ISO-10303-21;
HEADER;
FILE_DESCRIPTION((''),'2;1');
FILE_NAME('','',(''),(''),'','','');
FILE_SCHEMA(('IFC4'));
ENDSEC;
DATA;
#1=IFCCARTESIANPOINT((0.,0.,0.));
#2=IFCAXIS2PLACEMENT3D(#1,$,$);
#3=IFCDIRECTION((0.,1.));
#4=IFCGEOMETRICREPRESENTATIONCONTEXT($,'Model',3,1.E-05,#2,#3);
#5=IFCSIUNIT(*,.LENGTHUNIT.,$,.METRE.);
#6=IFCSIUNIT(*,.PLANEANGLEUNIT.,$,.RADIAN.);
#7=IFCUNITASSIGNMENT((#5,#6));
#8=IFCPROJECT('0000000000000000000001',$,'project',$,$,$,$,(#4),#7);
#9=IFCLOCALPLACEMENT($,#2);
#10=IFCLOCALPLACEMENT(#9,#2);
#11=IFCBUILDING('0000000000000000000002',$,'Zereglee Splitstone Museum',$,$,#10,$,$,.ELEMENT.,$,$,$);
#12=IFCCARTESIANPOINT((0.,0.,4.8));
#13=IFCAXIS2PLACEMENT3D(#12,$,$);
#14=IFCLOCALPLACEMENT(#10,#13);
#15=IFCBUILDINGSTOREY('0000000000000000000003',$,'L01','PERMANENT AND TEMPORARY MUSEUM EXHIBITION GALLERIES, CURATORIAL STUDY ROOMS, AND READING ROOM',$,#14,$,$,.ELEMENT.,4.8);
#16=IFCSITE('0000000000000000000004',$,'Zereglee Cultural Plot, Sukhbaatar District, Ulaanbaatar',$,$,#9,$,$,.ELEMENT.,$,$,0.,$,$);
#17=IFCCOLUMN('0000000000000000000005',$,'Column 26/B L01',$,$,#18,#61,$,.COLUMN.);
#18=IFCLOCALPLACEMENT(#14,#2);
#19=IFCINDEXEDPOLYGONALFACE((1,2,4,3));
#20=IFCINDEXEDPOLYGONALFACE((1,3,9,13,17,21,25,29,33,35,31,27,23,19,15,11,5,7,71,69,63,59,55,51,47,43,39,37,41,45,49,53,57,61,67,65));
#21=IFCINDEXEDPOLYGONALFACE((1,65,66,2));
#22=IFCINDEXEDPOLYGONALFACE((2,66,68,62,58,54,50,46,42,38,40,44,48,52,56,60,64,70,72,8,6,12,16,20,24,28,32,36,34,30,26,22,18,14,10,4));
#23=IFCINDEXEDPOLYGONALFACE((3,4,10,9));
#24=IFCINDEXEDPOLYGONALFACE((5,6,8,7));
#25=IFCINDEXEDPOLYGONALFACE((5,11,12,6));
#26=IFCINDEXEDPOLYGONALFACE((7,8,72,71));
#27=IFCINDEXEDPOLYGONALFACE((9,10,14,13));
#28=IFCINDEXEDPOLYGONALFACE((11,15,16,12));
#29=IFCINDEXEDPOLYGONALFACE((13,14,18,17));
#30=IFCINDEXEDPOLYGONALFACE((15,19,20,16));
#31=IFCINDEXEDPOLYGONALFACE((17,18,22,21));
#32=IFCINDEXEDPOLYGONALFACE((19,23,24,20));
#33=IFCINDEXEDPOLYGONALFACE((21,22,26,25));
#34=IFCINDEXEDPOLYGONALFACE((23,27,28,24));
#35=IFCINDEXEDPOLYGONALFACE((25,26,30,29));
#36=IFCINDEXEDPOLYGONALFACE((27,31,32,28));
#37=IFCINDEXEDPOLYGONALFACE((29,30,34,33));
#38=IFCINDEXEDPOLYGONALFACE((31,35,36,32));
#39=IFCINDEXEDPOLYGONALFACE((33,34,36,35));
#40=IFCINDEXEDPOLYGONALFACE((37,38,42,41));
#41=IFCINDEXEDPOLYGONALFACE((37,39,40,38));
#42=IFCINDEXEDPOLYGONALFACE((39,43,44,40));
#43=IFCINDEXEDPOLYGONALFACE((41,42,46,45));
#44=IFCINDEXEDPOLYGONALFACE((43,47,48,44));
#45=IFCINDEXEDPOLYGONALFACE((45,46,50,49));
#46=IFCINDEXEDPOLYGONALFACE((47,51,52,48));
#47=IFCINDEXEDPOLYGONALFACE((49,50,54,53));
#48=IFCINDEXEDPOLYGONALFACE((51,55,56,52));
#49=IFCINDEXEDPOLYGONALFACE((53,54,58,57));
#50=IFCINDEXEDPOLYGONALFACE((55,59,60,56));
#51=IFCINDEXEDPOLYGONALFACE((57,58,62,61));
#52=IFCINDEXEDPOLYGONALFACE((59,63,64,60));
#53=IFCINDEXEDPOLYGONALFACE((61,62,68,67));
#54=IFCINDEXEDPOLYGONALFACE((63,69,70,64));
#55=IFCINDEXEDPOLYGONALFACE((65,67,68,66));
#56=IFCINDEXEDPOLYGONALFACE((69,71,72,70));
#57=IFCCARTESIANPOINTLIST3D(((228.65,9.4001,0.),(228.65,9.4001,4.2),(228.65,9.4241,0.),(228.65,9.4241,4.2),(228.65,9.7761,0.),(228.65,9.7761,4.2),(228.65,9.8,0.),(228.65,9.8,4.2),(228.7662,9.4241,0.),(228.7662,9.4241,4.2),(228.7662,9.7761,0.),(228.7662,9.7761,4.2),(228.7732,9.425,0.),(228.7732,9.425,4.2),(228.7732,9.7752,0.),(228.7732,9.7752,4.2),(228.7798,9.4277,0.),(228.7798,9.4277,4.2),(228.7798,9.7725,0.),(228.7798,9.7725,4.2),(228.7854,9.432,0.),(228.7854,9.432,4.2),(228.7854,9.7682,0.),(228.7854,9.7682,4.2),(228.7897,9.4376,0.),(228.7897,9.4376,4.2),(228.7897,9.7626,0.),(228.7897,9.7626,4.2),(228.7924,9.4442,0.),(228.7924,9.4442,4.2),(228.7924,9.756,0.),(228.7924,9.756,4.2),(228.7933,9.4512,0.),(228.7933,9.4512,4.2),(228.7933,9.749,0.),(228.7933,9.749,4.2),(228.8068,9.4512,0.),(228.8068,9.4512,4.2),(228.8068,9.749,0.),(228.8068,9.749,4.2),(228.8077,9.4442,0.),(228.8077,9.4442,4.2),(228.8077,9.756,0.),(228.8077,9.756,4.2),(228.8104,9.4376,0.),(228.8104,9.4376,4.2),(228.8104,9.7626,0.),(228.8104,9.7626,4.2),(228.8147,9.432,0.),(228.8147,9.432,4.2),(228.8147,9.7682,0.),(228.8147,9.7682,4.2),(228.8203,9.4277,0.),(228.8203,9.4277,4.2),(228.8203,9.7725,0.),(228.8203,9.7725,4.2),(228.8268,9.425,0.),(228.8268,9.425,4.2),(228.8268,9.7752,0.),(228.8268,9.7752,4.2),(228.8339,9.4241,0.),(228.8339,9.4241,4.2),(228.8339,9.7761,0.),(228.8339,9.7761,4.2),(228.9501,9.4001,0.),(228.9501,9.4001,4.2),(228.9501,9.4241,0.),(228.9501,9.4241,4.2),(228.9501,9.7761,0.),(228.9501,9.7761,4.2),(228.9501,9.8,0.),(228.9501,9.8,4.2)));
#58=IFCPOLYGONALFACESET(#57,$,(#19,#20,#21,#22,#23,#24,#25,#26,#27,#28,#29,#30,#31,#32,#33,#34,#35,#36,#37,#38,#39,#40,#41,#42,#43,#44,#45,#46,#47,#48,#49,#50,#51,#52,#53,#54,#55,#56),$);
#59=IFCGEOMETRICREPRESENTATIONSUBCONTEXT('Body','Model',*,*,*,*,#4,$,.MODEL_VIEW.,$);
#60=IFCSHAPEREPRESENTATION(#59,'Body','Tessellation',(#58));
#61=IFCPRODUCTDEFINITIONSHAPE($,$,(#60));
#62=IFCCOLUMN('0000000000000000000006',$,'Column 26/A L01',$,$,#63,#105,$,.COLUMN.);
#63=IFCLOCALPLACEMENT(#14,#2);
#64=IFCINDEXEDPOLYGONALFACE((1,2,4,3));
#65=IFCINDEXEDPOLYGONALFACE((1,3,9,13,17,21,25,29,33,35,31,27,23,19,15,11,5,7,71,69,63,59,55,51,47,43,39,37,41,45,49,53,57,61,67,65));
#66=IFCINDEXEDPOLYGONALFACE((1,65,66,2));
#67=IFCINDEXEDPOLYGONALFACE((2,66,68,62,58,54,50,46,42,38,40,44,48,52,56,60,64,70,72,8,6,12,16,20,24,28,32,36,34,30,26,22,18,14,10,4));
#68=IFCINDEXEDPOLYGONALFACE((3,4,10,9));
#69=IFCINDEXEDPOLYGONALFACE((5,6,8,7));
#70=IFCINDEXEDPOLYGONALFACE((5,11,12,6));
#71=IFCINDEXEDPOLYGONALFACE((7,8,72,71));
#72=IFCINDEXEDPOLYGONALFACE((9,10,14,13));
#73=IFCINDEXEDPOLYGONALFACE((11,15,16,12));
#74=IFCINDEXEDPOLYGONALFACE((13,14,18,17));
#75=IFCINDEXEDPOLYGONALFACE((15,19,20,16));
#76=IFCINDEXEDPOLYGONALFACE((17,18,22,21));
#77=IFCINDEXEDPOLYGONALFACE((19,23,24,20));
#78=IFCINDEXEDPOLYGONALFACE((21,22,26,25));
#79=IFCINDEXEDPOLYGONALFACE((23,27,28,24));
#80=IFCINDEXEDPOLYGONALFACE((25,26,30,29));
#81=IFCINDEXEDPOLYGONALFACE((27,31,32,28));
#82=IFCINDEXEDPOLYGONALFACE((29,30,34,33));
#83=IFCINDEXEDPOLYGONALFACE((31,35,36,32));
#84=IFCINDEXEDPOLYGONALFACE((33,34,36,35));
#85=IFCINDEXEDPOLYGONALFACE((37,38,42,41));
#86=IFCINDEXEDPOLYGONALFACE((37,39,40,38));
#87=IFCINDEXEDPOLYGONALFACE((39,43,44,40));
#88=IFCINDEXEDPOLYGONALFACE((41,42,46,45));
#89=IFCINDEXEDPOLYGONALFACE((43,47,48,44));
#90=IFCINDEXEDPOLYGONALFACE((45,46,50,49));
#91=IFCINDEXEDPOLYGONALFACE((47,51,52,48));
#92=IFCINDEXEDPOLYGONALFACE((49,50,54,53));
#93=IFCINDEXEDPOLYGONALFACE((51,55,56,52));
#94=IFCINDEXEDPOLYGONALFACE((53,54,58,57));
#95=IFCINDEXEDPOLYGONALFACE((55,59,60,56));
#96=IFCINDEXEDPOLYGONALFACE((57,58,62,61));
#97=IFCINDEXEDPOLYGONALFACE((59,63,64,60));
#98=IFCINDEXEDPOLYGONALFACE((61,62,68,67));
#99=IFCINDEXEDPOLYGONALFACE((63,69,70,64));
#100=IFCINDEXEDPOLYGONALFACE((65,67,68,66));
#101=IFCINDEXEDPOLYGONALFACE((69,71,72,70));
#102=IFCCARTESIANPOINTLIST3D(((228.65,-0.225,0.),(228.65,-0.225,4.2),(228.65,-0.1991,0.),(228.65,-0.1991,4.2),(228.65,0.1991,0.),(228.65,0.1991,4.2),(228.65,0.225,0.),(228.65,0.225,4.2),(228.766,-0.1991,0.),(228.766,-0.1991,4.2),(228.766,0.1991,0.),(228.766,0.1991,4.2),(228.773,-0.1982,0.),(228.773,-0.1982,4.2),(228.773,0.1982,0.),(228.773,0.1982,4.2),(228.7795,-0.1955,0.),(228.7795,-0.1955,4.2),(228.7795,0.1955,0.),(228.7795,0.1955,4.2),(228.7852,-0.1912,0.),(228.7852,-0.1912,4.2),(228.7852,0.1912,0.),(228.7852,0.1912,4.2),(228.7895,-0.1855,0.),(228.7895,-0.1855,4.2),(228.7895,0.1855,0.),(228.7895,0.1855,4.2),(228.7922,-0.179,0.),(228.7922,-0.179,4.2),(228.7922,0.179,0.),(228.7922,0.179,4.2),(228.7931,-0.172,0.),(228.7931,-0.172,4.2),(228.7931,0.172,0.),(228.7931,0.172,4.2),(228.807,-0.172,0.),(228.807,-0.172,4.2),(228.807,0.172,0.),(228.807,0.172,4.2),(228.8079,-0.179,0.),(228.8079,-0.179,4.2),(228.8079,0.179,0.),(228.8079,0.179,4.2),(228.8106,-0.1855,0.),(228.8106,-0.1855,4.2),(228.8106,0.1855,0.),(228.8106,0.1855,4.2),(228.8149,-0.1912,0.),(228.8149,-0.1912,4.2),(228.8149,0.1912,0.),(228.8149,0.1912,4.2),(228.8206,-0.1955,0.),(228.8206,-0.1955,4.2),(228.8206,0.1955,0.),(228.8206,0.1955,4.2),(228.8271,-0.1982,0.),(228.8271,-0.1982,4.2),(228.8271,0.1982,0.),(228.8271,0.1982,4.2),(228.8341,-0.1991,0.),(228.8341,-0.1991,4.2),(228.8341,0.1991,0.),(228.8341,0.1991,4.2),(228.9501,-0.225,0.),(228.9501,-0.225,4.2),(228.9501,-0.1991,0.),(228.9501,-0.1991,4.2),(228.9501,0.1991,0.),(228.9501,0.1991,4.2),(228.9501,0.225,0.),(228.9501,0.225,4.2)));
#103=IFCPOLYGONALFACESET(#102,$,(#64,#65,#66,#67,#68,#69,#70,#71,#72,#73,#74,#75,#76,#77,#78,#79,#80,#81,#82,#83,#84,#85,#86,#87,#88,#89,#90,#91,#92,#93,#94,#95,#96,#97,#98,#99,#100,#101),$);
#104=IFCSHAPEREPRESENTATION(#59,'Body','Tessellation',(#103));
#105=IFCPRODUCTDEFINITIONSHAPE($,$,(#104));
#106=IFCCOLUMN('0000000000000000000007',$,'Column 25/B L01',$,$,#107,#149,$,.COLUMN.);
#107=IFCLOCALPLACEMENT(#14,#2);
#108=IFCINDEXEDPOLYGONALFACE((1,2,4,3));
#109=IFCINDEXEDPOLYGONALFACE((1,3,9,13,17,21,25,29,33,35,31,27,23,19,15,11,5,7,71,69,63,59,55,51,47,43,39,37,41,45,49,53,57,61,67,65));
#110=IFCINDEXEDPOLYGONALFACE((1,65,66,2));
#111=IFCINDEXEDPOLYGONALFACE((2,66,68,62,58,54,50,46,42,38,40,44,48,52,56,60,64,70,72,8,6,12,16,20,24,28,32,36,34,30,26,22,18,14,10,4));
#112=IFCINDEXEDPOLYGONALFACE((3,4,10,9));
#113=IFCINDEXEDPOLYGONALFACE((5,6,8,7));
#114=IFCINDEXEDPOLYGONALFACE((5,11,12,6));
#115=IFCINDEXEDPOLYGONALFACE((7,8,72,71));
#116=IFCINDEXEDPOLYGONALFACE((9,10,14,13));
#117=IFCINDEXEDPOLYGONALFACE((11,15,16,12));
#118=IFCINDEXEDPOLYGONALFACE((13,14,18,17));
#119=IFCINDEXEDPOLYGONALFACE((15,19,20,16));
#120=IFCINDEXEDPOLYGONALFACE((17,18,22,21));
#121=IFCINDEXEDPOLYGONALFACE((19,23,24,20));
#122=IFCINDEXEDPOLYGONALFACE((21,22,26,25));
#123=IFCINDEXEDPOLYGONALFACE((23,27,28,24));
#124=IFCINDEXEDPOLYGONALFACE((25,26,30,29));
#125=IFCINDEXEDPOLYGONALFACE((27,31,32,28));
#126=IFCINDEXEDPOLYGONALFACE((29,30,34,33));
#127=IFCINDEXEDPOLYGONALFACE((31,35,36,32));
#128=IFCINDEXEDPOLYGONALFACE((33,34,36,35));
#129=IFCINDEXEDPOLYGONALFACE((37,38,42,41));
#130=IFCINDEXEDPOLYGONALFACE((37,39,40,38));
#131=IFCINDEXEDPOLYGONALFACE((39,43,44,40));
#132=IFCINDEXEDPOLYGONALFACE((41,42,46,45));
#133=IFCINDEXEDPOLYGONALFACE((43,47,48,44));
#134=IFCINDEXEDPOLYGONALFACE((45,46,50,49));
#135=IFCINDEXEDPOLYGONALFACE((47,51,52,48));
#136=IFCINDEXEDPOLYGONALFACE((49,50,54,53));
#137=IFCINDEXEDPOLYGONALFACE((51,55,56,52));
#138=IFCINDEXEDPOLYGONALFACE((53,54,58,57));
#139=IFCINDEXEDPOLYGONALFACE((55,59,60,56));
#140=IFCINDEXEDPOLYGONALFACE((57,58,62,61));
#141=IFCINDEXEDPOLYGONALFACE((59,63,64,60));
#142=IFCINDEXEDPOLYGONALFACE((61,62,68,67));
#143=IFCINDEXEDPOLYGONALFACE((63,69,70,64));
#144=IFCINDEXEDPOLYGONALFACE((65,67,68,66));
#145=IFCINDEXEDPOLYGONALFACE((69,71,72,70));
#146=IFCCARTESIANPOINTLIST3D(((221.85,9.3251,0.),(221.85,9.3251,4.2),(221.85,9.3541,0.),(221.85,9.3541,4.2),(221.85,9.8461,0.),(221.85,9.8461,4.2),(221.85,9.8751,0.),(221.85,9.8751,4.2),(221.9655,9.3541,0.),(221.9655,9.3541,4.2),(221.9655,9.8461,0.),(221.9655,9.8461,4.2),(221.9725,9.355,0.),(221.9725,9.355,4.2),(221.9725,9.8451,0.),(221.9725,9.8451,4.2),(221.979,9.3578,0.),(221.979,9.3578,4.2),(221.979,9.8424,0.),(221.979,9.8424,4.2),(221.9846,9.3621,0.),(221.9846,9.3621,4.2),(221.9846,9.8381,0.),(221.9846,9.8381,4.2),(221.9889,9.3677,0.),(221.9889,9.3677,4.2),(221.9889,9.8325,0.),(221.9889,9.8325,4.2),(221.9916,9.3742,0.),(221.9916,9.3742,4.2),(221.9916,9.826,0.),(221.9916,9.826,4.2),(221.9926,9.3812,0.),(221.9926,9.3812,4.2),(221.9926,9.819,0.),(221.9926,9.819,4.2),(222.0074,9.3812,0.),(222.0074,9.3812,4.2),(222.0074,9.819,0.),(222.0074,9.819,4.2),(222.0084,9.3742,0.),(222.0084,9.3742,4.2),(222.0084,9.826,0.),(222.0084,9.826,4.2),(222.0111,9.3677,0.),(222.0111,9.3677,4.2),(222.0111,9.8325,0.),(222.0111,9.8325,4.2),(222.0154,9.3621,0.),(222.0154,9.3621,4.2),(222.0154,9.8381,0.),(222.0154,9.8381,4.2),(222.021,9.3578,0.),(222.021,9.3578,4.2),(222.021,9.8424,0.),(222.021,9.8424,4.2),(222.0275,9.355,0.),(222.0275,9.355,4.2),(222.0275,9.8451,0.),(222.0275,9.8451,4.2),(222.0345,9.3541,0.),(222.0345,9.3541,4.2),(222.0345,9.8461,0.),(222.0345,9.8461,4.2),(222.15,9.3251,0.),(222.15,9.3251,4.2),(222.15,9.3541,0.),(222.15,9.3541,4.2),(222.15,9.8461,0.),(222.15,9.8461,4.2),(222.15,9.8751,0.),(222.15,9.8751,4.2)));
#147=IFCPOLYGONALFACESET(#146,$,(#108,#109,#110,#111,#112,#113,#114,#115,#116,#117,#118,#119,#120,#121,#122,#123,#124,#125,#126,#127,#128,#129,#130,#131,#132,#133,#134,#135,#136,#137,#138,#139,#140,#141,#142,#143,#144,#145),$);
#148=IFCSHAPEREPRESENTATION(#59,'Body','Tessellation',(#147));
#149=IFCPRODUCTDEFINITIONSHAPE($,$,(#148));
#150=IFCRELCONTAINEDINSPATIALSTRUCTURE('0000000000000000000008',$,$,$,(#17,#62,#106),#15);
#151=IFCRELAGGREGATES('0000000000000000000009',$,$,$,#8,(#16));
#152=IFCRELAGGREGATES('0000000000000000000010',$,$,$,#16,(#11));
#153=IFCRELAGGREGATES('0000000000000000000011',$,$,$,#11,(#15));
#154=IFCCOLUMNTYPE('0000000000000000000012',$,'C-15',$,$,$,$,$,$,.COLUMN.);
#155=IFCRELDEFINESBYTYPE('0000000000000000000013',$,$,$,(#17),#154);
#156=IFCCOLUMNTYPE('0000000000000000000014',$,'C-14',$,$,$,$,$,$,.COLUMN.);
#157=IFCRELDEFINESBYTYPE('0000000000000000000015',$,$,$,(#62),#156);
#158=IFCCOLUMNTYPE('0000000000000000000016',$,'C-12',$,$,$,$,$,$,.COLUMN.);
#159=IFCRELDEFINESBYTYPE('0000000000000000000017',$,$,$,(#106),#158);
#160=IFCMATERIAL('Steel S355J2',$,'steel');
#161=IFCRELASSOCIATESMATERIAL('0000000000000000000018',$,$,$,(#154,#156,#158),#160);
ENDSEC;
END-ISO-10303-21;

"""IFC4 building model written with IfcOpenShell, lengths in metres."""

from ifc_helpers import new_model, si_unit, direction, frame, origin, origin_2d, place, context, subcontext, project, spatial, i_section, extrude, material, material_profile, profile_set, type_object, element, save


model = new_model("IFC4")

# Units and contexts
model_context = context("Model", 3, precision=1e-05, world=origin(), true_north=direction((0.0, 1.0)))
body_context = subcontext(model_context, "Body", "Model", "MODEL_VIEW")
ifc_project = project(units=[si_unit("LENGTHUNIT", "METRE"), si_unit("PLANEANGLEUNIT", "RADIAN")], contexts=[model_context])

# Site, building, storey
site_placement = place(None, origin())
site = spatial("IfcSite", under=ifc_project, at=site_placement, Name="Zereglee Cultural Plot, Sukhbaatar District, Ulaanbaatar", CompositionType="ELEMENT", RefElevation=0.0)
building_placement = place(site_placement, origin())
building = spatial("IfcBuilding", under=site, at=building_placement, Name="Zereglee Splitstone Museum", CompositionType="ELEMENT")
storey_placement = place(building_placement, frame((0.0, 0.0, 4.8)))
storey = spatial("IfcBuildingStorey", under=building, at=storey_placement, Name="L01", Description="PERMANENT AND TEMPORARY MUSEUM EXHIBITION GALLERIES, CURATORIAL STUDY ROOMS, AND READING ROOM", CompositionType="ELEMENT", Elevation=4.8)

# Columns
ifc_material_1 = material(Name="Steel S355J2", Category="steel")
ifc_material_profile_1 = material_profile(ifc_material_1, i_section(OverallWidth=0.3, OverallDepth=0.3999, WebThickness=0.0134, FlangeThickness=0.0239, FilletRadius=0.0271, at=origin_2d()), Name="HE 400 B")
ifc_profile_set_1 = profile_set([ifc_material_profile_1], Name="Steel S355J2")
column_type_1 = type_object("IfcColumnType", Name="C-15", PredefinedType="COLUMN", material=ifc_profile_set_1)
column_1_placement = place(storey_placement, frame((228.8, 9.6001, 0.0), z_axis=(0.0, 0.0, 1.0), x_axis=(1.0, 0.0, 0.0)))
element("IfcColumn", 1, at=column_1_placement, inside=storey, type_object=column_type_1, Name="Column 26/B L01", PredefinedType="COLUMN", context=body_context, shape_type="SweptSolid", body=[
    extrude(i_section(OverallWidth=0.3, OverallDepth=0.3999, WebThickness=0.0134, FlangeThickness=0.0239, FilletRadius=0.0271, at=origin_2d()), origin(), (0.0, 0.0, 1.0), 4.2),
])
ifc_material_profile_2 = material_profile(ifc_material_1, i_section(OverallWidth=0.3, OverallDepth=0.45, WebThickness=0.0139, FlangeThickness=0.0259, FilletRadius=0.0271, at=origin_2d()), Name="HE 450 B")
ifc_profile_set_2 = profile_set([ifc_material_profile_2], Name="Steel S355J2")
column_type_2 = type_object("IfcColumnType", Name="C-14", PredefinedType="COLUMN", material=ifc_profile_set_2)
column_2_placement = place(storey_placement, frame((228.8, 0.0, 0.0), z_axis=(0.0, 0.0, 1.0), x_axis=(1.0, 0.0, 0.0)))
element("IfcColumn", 2, at=column_2_placement, inside=storey, type_object=column_type_2, Name="Column 26/A L01", PredefinedType="COLUMN", context=body_context, shape_type="SweptSolid", body=[
    extrude(i_section(OverallWidth=0.3, OverallDepth=0.45, WebThickness=0.0139, FlangeThickness=0.0259, FilletRadius=0.0271, at=origin_2d()), origin(), (0.0, 0.0, 1.0), 4.2),
])
ifc_material_profile_3 = material_profile(ifc_material_1, i_section(OverallWidth=0.3, OverallDepth=0.55, WebThickness=0.0149, FlangeThickness=0.0291, FilletRadius=0.0271, at=origin_2d()), Name="HE 550 B")
ifc_profile_set_3 = profile_set([ifc_material_profile_3], Name="Steel S355J2")
column_type_3 = type_object("IfcColumnType", Name="C-12", PredefinedType="COLUMN", material=ifc_profile_set_3)
column_3_placement = place(storey_placement, frame((222.0, 9.6001, 0.0), z_axis=(0.0, 0.0, 1.0), x_axis=(1.0, 0.0, 0.0)))
element("IfcColumn", 3, at=column_3_placement, inside=storey, type_object=column_type_3, Name="Column 25/B L01", PredefinedType="COLUMN", context=body_context, shape_type="SweptSolid", body=[
    extrude(i_section(OverallWidth=0.3, OverallDepth=0.55, WebThickness=0.0149, FlangeThickness=0.0291, FilletRadius=0.0271, at=origin_2d()), origin(), (0.0, 0.0, 1.0), 4.2),
])

save(model, "model.ifc")
